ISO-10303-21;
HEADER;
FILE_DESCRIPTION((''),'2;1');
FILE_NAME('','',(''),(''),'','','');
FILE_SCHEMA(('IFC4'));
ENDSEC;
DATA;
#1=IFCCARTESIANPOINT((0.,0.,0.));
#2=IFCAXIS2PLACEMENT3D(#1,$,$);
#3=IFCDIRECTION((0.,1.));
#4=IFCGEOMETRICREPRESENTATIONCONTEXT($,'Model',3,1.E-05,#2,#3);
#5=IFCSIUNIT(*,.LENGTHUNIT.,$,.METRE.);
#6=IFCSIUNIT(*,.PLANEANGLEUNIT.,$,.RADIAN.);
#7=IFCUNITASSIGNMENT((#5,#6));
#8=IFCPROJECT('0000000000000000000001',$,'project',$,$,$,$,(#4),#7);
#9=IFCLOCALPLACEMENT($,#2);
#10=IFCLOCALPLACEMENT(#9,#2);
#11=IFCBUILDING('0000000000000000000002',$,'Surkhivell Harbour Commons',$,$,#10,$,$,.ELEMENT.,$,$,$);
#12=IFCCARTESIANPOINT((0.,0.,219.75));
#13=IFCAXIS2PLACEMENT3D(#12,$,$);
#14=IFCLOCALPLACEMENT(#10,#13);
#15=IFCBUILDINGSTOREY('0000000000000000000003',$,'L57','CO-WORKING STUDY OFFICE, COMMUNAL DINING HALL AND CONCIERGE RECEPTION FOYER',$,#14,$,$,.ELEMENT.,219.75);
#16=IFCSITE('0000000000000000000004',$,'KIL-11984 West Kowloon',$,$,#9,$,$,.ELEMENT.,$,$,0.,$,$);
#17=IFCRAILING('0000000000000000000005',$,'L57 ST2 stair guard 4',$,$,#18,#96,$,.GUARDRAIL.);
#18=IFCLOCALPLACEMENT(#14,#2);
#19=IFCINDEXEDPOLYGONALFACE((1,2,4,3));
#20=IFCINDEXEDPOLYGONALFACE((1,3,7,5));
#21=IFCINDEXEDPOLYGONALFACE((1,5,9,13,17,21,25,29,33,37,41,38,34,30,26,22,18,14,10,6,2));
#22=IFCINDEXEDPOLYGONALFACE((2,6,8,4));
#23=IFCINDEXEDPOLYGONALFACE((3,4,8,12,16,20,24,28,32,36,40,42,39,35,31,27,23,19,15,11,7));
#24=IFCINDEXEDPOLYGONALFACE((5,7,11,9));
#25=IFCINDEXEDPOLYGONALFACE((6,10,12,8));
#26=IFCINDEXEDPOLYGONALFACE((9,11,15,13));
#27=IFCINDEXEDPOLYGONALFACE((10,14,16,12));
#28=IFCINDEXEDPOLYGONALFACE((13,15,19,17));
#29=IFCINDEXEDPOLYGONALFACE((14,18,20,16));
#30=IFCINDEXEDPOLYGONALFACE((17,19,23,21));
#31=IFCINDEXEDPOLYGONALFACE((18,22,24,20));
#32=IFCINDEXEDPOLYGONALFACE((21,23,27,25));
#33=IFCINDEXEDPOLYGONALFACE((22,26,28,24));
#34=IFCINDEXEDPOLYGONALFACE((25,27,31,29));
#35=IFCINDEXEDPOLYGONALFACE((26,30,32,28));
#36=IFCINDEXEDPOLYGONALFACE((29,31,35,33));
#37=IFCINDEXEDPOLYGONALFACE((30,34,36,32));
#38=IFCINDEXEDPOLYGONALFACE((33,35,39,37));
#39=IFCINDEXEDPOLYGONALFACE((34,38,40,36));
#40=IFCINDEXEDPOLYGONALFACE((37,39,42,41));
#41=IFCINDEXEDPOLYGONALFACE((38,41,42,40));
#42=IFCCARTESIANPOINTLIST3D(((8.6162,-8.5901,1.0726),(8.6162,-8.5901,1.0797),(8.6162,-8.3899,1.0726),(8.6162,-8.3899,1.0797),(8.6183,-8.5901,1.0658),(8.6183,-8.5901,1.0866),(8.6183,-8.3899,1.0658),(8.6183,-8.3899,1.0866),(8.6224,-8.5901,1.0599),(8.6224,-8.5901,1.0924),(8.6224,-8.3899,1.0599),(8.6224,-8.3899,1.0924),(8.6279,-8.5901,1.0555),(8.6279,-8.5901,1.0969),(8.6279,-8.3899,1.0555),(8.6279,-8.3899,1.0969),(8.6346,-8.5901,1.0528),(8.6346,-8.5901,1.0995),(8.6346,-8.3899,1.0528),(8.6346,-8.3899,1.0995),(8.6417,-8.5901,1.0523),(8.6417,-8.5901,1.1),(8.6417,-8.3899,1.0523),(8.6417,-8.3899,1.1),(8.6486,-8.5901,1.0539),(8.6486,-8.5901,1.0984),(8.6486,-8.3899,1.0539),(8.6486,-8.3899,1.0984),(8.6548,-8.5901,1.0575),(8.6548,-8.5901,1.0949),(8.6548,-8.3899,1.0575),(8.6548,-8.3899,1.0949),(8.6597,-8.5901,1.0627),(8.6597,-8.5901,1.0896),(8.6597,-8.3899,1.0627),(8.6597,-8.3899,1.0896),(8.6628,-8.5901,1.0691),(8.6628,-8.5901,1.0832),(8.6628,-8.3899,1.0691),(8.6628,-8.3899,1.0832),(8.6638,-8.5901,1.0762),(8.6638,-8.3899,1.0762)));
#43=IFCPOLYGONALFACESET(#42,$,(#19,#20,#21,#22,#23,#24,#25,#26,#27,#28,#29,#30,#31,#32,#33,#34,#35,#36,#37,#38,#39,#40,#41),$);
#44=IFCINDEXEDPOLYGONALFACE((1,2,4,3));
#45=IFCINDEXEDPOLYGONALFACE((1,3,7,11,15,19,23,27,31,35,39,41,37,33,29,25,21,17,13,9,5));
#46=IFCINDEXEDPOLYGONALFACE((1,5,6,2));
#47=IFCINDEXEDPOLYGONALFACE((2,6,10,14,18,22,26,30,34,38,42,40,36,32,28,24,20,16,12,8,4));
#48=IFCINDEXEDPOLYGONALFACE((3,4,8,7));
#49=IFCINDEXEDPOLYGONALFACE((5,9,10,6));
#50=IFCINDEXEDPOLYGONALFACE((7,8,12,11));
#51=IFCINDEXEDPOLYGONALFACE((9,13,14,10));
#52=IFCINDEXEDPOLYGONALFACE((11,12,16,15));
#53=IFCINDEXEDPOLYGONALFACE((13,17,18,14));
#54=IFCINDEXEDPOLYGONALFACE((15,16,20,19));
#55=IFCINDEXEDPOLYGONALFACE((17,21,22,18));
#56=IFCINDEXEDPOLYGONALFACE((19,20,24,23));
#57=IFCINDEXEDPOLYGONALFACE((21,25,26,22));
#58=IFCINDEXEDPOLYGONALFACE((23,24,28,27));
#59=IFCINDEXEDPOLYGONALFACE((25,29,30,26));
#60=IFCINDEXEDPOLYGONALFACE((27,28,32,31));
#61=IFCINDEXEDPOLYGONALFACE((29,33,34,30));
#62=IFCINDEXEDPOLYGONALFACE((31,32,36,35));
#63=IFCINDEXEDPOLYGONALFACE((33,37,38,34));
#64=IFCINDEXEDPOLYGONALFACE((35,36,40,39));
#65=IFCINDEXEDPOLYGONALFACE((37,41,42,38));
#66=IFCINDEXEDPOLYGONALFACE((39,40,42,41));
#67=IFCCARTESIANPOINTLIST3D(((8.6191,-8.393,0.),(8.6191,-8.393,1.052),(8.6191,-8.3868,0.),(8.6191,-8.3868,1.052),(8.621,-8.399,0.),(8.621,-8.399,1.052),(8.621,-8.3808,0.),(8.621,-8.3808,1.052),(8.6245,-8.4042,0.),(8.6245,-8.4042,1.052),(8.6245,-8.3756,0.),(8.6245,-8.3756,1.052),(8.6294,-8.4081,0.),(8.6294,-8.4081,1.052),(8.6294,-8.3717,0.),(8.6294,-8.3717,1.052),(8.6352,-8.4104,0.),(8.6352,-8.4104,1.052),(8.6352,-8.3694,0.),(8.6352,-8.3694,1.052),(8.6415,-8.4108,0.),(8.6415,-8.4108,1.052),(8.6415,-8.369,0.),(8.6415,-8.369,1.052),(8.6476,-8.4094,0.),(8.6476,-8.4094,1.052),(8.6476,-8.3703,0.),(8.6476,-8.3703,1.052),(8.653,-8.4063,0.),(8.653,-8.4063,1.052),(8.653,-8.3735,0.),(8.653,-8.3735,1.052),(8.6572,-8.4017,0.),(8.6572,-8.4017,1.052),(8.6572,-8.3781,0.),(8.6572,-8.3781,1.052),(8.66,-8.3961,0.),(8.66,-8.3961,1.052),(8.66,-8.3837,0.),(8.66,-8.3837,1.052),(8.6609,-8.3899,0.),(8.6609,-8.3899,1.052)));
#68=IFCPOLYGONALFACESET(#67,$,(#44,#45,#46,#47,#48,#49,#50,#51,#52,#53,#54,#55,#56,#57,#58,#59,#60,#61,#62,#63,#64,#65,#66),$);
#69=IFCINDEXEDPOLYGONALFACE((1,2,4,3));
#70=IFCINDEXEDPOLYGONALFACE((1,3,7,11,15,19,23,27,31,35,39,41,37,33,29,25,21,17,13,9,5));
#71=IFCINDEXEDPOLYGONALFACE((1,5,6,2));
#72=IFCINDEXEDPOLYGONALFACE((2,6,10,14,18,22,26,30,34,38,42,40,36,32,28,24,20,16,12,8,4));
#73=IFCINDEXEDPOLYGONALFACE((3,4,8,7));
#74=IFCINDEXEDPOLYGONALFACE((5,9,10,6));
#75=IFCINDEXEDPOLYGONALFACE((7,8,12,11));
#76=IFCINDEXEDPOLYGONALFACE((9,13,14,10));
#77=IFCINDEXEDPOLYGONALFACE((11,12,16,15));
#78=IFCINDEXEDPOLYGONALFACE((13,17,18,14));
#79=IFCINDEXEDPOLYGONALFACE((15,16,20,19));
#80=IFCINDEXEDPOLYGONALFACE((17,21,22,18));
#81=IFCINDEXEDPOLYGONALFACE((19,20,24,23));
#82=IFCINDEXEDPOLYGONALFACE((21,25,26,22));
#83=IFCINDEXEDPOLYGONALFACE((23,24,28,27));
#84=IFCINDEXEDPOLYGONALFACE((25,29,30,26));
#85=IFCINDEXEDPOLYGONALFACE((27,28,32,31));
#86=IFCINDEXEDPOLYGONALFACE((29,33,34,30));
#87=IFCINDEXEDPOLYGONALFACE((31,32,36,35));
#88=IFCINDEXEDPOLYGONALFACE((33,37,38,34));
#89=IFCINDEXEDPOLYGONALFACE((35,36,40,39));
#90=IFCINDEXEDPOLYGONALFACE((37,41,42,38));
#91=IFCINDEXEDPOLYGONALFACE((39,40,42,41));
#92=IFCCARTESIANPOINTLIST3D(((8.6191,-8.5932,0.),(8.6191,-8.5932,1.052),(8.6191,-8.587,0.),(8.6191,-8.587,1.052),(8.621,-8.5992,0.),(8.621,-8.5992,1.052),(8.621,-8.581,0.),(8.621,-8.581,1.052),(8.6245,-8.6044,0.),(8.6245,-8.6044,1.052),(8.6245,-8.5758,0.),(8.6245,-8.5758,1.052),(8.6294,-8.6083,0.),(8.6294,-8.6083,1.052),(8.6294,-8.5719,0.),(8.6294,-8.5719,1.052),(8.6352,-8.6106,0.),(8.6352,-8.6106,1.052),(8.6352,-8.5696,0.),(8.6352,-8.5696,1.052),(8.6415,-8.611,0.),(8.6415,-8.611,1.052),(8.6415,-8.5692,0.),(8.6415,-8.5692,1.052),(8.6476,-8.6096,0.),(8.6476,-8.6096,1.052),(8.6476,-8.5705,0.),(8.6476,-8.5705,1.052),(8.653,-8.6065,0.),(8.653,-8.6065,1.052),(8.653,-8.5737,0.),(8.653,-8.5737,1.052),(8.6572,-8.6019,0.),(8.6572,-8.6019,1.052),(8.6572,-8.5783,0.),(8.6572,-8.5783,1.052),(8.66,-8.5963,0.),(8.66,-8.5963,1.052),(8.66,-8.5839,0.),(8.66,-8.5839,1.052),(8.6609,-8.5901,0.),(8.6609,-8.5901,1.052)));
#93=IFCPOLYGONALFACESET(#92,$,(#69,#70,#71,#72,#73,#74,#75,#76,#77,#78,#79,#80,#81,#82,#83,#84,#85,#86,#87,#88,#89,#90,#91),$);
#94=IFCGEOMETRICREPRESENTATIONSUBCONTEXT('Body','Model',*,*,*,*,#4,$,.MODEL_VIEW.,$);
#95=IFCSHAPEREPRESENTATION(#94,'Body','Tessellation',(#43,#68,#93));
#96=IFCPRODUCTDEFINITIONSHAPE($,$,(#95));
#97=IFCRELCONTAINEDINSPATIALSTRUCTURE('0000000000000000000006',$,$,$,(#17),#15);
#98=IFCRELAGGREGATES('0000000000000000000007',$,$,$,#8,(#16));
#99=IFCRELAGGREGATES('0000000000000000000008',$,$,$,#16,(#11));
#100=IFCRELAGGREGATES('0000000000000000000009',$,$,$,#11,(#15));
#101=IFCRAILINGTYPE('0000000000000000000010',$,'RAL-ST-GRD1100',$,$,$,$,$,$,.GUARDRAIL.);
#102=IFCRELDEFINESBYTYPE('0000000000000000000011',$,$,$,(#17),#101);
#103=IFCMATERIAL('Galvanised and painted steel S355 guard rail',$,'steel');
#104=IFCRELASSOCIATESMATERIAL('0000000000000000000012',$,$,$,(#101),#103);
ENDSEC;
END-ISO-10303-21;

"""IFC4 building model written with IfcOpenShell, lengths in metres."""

from ifc_helpers import new_model, si_unit, direction, frame, origin, origin_2d, place, context, subcontext, project, spatial, circle, extrude, material, type_object, element, save


model = new_model("IFC4")

# Units and contexts
model_context = context("Model", 3, precision=1e-05, world=origin(), true_north=direction((0.0, 1.0)))
body_context = subcontext(model_context, "Body", "Model", "MODEL_VIEW")
ifc_project = project(units=[si_unit("LENGTHUNIT", "METRE"), si_unit("PLANEANGLEUNIT", "RADIAN")], contexts=[model_context])

# Site, building, storey
site_placement = place(None, origin())
site = spatial("IfcSite", under=ifc_project, at=site_placement, Name="KIL-11984 West Kowloon", CompositionType="ELEMENT", RefElevation=0.0)
building_placement = place(site_placement, origin())
building = spatial("IfcBuilding", under=site, at=building_placement, Name="Surkhivell Harbour Commons", CompositionType="ELEMENT")
storey_placement = place(building_placement, frame((0.0, 0.0, 219.75)))
storey = spatial("IfcBuildingStorey", under=building, at=storey_placement, Name="L57", Description="CO-WORKING STUDY OFFICE, COMMUNAL DINING HALL AND CONCIERGE RECEPTION FOYER", CompositionType="ELEMENT", Elevation=219.75)

# Railing
ifc_material_1 = material(Name="Galvanised and painted steel S355 guard rail", Category="steel")
railing_type_1 = type_object("IfcRailingType", Name="RAL-ST-GRD1100", PredefinedType="GUARDRAIL", material=ifc_material_1)
railing_1_placement = place(storey_placement, frame((8.6399, -8.3899, 0.0)))
element("IfcRailing", 1, at=railing_1_placement, inside=storey, type_object=railing_type_1, Name="L57 ST2 stair guard 4", PredefinedType="GUARDRAIL", context=body_context, shape_type="SweptSolid", body=[
    extrude(circle(Radius=0.0239, at=origin_2d()), frame((0.0, 0.0, 1.0762), z_axis=(0.0, -1.0, 0.0), x_axis=(1.0, 0.0, 0.0)), (0.0, 0.0, 1.0), 0.2002),
    extrude(circle(Radius=0.021, at=origin_2d()), origin(), (0.0, 0.0, 1.0), 1.052),
    extrude(circle(Radius=0.021, at=origin_2d()), frame((0.0, -0.2002, 0.0)), (0.0, 0.0, 1.0), 1.052),
])

save(model, "model.ifc")
